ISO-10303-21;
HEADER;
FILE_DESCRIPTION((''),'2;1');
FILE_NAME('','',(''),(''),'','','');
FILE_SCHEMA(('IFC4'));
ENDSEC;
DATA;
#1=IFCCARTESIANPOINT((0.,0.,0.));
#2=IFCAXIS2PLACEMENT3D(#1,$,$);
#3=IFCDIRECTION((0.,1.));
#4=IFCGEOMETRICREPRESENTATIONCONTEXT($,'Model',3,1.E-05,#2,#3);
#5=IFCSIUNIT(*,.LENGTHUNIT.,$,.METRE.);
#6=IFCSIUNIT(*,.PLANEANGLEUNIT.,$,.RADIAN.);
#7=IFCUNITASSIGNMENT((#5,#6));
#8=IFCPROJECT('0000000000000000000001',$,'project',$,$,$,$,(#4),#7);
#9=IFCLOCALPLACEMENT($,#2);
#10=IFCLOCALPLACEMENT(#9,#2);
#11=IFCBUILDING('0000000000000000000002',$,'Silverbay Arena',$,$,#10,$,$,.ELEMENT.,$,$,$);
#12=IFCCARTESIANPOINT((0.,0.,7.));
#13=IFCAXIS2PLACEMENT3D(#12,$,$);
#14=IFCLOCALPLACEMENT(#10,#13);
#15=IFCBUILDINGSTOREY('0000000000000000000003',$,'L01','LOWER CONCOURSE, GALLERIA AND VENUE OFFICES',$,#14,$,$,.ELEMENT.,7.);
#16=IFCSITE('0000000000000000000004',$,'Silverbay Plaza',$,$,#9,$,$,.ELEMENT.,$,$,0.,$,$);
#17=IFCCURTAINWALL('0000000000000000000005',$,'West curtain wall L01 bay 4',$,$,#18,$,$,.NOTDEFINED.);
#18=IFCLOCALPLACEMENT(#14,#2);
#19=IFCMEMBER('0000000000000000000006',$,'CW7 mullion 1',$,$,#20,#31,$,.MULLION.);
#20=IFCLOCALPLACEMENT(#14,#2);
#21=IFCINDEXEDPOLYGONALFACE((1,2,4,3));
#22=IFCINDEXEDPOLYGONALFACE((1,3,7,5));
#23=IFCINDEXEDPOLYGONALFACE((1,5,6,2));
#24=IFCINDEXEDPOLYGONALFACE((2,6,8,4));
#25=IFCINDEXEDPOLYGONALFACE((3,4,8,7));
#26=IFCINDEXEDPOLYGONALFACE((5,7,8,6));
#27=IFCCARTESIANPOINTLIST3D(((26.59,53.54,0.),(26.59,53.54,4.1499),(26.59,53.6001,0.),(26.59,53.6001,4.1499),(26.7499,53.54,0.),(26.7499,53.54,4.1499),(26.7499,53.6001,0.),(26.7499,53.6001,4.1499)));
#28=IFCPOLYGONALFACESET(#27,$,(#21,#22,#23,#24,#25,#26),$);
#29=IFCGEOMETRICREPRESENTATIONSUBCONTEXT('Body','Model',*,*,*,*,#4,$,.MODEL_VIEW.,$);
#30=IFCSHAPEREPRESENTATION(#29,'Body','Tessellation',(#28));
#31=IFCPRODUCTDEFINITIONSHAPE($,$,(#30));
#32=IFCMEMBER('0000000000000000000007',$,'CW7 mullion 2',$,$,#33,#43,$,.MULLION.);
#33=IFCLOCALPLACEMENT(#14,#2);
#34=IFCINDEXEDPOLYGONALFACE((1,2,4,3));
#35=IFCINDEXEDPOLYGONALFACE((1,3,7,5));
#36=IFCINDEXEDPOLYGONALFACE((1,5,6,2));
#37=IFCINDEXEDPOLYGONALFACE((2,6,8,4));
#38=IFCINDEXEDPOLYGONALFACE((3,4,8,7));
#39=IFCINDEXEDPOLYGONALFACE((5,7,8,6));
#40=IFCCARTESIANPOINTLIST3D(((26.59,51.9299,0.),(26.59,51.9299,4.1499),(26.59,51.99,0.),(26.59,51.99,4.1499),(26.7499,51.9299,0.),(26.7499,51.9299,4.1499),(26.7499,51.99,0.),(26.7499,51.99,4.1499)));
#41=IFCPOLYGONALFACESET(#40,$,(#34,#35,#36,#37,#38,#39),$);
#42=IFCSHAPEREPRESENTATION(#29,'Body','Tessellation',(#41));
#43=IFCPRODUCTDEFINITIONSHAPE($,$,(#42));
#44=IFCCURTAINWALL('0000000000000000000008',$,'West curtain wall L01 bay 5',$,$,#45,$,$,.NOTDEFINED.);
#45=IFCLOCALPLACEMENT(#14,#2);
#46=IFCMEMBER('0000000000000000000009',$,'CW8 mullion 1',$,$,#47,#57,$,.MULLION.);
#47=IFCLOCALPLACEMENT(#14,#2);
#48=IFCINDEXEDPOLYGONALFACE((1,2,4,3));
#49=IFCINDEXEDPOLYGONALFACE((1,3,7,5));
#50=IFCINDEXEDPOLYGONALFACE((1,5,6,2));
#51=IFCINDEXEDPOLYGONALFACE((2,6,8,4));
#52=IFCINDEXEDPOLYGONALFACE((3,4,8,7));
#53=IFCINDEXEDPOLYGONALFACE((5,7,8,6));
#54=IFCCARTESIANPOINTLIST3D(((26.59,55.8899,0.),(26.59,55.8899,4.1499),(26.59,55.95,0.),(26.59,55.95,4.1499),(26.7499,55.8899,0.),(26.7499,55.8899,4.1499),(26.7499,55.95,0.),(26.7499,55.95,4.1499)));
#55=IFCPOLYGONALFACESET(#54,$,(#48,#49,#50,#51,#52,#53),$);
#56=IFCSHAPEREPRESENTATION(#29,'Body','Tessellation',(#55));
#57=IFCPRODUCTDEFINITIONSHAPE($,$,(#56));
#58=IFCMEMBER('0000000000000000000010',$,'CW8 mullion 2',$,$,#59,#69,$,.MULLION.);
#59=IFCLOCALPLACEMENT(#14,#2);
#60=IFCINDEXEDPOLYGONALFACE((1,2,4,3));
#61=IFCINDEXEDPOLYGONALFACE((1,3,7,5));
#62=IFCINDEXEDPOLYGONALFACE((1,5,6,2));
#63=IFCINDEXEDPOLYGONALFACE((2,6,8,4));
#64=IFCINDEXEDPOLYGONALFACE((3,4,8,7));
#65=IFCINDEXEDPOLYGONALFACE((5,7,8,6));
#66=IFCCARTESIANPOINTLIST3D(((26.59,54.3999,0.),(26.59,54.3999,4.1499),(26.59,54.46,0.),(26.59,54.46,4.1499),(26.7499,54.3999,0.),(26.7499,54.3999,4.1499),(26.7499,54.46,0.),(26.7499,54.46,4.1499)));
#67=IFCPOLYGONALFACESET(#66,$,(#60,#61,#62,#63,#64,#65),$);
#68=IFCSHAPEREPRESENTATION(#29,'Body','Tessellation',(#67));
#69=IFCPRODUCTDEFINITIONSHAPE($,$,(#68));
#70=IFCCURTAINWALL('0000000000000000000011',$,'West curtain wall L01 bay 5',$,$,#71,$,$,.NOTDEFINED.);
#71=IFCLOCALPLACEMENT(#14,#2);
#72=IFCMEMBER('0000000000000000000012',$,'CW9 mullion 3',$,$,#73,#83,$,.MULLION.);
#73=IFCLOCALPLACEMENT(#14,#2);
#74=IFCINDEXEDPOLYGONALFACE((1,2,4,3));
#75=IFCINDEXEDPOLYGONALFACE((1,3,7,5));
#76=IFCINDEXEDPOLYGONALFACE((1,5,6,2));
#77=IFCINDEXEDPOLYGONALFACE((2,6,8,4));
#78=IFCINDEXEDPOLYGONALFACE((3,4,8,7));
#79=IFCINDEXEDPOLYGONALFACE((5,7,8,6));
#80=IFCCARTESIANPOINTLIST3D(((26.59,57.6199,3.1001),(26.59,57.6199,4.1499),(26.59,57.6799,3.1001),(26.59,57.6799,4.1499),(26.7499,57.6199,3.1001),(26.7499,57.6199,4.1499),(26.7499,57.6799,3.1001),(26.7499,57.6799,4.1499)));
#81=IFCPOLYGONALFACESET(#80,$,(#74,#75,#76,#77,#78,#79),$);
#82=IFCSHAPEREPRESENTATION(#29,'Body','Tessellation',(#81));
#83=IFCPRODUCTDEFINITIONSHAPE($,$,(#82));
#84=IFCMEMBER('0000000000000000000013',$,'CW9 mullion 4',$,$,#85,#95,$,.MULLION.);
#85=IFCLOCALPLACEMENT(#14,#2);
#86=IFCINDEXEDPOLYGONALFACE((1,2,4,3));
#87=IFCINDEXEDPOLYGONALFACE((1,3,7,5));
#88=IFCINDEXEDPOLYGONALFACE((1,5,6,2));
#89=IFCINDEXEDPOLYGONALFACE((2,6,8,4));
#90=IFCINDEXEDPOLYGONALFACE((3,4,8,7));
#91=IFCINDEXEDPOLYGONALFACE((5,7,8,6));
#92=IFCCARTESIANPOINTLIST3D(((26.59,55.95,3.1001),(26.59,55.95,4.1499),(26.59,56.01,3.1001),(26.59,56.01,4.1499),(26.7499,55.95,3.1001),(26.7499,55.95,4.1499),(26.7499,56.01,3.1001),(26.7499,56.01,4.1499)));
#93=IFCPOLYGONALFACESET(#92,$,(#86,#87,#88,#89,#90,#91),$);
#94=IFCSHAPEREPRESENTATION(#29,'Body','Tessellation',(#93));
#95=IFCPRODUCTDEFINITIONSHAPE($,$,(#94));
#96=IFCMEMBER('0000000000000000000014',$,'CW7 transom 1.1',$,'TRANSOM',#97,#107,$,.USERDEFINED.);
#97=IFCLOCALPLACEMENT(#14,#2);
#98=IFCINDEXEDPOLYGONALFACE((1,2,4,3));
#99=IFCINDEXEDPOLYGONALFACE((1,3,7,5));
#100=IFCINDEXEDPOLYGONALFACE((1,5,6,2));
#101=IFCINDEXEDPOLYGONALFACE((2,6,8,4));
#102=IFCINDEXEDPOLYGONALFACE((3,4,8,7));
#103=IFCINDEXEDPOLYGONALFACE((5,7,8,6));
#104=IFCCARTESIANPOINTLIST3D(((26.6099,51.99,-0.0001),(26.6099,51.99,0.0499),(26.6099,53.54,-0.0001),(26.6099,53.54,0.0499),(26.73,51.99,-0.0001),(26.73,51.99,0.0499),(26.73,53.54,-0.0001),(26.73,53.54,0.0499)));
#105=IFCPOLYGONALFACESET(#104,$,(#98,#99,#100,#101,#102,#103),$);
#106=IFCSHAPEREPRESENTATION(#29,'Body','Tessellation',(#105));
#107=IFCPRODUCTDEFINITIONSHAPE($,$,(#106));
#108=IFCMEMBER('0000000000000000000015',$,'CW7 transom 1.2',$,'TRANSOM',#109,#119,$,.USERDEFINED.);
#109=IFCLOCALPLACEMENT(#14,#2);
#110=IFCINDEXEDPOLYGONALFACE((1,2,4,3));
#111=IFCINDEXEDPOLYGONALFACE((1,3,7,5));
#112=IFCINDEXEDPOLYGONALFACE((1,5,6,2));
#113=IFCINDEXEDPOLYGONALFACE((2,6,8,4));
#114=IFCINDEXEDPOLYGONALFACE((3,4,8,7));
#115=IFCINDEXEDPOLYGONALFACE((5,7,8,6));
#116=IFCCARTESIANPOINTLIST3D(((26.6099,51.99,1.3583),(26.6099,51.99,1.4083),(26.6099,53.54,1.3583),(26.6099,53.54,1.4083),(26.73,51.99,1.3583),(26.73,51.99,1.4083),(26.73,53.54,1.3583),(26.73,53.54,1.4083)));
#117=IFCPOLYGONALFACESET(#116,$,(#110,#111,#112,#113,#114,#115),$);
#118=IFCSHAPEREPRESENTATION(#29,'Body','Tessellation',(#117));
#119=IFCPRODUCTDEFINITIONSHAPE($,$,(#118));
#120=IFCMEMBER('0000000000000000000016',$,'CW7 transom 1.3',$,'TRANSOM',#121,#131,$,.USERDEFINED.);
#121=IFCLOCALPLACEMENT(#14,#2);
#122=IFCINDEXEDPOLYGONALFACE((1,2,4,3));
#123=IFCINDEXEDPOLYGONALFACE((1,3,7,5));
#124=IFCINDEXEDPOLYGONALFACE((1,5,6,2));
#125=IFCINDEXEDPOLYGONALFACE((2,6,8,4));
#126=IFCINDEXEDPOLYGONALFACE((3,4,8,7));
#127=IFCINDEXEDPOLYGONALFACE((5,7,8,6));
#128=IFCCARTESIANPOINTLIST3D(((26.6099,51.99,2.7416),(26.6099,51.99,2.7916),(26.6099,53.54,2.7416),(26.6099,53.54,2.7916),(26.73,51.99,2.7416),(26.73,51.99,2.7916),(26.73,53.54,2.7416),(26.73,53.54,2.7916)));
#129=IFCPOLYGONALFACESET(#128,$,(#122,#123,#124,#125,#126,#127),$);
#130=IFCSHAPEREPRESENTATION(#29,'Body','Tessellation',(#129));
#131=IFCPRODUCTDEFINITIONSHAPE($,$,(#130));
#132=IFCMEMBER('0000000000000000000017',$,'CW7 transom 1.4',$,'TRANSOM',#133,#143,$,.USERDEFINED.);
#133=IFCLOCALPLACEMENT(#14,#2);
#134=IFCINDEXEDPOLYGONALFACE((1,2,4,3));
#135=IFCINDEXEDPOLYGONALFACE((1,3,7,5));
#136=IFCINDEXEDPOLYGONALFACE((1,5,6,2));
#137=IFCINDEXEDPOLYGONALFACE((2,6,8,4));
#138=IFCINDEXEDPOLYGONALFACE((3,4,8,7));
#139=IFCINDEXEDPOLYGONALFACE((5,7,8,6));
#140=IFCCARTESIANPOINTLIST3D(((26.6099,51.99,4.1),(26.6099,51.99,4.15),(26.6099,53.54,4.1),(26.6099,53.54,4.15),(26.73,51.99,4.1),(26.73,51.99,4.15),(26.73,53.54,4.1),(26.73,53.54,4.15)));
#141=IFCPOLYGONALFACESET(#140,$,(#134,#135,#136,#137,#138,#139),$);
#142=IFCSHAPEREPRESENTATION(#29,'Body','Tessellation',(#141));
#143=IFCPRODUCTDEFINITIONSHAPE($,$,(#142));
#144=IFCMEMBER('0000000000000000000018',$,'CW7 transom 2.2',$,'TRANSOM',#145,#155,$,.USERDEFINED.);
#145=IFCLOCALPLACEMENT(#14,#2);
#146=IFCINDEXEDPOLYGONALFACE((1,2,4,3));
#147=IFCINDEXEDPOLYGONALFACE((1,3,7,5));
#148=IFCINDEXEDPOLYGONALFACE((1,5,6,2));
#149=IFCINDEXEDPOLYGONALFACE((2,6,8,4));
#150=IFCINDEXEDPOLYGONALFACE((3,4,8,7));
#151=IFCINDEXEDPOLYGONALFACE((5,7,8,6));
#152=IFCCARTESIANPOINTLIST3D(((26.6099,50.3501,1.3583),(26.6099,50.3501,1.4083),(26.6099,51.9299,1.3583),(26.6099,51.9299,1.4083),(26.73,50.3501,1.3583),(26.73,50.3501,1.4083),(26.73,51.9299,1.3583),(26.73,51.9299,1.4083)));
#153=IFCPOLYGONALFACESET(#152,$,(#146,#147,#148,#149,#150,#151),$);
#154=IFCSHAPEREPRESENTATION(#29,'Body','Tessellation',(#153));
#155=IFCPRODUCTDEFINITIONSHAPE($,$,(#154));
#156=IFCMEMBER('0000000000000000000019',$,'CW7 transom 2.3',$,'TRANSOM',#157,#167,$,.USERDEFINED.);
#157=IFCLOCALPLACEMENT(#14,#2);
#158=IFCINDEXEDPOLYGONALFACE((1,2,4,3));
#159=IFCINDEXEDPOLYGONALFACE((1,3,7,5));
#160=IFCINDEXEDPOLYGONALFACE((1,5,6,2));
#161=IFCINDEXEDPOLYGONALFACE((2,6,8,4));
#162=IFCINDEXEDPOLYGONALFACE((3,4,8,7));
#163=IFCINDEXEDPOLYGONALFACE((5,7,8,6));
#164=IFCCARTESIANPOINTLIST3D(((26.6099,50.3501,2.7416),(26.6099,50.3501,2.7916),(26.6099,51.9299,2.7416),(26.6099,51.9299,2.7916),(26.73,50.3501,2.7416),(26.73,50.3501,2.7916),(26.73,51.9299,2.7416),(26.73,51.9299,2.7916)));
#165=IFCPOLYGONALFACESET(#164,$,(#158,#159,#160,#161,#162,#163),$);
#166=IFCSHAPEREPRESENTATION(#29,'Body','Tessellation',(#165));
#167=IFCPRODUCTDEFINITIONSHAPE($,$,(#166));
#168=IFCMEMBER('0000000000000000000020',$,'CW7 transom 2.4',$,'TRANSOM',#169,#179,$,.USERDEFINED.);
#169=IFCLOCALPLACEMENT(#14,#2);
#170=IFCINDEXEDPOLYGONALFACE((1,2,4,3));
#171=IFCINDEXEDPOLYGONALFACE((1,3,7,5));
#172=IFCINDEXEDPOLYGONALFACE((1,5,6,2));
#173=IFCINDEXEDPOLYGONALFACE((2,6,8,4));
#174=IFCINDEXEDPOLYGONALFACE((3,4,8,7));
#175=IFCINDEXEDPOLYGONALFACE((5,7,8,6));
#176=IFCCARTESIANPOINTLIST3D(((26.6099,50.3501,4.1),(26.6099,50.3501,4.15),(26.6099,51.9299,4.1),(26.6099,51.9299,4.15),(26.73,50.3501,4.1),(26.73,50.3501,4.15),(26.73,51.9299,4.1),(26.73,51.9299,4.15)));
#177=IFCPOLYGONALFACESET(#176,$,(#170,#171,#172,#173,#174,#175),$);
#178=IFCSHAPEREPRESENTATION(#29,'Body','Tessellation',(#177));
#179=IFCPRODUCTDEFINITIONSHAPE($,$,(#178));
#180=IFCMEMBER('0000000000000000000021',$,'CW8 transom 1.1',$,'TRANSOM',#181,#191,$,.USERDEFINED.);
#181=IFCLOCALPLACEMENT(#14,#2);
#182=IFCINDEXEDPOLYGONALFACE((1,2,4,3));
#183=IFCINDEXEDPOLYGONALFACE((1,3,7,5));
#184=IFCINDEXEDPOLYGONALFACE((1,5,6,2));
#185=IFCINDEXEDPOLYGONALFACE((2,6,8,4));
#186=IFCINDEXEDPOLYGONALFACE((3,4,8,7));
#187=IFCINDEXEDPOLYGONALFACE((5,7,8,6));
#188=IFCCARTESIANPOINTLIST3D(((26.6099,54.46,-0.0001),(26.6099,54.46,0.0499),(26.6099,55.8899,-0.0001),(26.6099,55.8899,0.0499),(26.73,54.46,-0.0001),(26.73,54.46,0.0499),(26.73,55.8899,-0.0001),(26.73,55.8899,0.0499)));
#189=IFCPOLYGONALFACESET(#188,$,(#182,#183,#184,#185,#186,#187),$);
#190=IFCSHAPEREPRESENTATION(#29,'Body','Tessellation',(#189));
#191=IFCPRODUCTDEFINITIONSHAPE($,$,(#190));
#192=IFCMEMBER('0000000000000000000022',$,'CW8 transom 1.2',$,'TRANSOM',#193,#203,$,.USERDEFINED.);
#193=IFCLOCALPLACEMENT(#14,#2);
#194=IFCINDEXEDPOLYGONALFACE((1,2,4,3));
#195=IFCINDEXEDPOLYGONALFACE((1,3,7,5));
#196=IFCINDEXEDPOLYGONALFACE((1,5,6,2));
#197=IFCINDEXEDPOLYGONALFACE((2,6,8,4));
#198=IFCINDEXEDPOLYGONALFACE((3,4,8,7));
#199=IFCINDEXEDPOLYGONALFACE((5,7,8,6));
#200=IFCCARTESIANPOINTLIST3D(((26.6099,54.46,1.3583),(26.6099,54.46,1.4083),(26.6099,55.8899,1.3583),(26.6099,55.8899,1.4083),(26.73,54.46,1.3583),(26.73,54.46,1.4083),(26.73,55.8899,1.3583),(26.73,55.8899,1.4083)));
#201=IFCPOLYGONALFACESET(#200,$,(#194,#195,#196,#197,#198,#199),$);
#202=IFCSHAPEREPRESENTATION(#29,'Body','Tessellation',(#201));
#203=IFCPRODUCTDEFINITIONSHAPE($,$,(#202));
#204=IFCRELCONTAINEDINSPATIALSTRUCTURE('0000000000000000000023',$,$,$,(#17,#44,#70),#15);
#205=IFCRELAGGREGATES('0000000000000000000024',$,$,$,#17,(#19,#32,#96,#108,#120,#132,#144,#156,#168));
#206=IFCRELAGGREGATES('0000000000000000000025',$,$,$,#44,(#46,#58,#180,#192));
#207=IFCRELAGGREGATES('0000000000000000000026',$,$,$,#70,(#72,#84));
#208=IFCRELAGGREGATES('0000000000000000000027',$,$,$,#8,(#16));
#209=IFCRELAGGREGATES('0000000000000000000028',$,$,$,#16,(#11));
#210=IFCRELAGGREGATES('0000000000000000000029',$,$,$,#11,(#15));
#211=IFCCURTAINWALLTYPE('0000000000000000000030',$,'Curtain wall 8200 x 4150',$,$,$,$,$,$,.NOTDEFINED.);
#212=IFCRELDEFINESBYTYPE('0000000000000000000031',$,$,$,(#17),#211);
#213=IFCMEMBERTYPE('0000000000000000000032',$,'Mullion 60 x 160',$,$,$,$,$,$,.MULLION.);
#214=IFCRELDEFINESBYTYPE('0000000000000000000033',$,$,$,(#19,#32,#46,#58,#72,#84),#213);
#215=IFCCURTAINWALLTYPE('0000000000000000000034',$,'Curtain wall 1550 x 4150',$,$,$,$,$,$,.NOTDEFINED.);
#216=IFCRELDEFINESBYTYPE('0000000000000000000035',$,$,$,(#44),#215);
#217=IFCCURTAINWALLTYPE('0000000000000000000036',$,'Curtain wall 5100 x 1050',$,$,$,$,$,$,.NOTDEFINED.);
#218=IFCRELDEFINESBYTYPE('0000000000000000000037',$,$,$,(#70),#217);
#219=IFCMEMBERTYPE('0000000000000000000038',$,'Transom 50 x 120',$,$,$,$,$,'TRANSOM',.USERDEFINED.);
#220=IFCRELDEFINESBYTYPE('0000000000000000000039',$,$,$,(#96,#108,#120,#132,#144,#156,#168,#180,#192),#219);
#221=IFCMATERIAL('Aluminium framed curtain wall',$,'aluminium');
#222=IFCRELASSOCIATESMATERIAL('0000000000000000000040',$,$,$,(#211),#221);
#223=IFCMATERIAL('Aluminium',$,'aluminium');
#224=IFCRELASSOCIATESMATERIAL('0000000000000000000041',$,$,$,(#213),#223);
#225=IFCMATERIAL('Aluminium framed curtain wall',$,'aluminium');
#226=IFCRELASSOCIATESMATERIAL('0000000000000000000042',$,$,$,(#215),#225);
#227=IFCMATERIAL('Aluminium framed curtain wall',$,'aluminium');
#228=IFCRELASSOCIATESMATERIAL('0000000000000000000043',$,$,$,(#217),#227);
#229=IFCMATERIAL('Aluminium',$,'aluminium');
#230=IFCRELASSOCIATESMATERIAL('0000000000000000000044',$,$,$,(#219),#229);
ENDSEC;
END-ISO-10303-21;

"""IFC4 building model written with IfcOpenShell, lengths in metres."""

from ifc_helpers import new_model, si_unit, direction, frame, origin, origin_2d, place, context, subcontext, project, spatial, rectangle, extrude, material, material_profile, profile_set, type_object, element, aggregate, save


model = new_model("IFC4")

# Units and contexts
model_context = context("Model", 3, precision=1e-05, world=origin(), true_north=direction((0.0, 1.0)))
body_context = subcontext(model_context, "Body", "Model", "MODEL_VIEW")
ifc_project = project(units=[si_unit("LENGTHUNIT", "METRE"), si_unit("PLANEANGLEUNIT", "RADIAN")], contexts=[model_context])

# Site, building, storey
site_placement = place(None, origin())
site = spatial("IfcSite", under=ifc_project, at=site_placement, Name="Silverbay Plaza", CompositionType="ELEMENT", RefElevation=0.0)
building_placement = place(site_placement, origin())
building = spatial("IfcBuilding", under=site, at=building_placement, Name="Silverbay Arena", CompositionType="ELEMENT")
storey_placement = place(building_placement, frame((0.0, 0.0, 7.0)))
storey = spatial("IfcBuildingStorey", under=building, at=storey_placement, Name="L01", Description="LOWER CONCOURSE, GALLERIA AND VENUE OFFICES", CompositionType="ELEMENT", Elevation=7.0)

# Curtain walls, members
ifc_material_1 = material(Name="Aluminium framed curtain wall", Category="aluminium")
curtain_wall_type_1 = type_object("IfcCurtainWallType", Name="Curtain wall 8200 x 4150", PredefinedType="NOTDEFINED", material=ifc_material_1)
curtain_wall_1_placement = place(storey_placement, origin())
curtain_wall_1 = element("IfcCurtainWall", 1, at=curtain_wall_1_placement, inside=storey, type_object=curtain_wall_type_1, Name="West curtain wall L01 bay 4", PredefinedType="NOTDEFINED")
ifc_material_2 = material(Name="Aluminium", Category="aluminium")
ifc_material_profile_1 = material_profile(ifc_material_2, rectangle(XDim=0.1599, YDim=0.0601, at=origin_2d()), Name="Mullion 60 x 160")
ifc_profile_set_1 = profile_set([ifc_material_profile_1], Name="Aluminium")
member_type_1 = type_object("IfcMemberType", Name="Mullion 60 x 160", PredefinedType="MULLION", material=ifc_profile_set_1)
member_1_placement = place(storey_placement, frame((26.6699, 53.5701, 0.0), z_axis=(0.0, 0.0, 1.0), x_axis=(1.0, 0.0, 0.0)))
member_1 = element("IfcMember", 2, at=member_1_placement, type_object=member_type_1, Name="CW7 mullion 1", PredefinedType="MULLION", context=body_context, shape_type="SweptSolid", body=[
    extrude(rectangle(XDim=0.1599, YDim=0.0601, at=origin_2d()), origin(), (0.0, 0.0, 1.0), 4.1499),
])
member_2_placement = place(storey_placement, frame((26.6699, 51.96, 0.0), z_axis=(0.0, 0.0, 1.0), x_axis=(1.0, 0.0, 0.0)))
member_2 = element("IfcMember", 3, at=member_2_placement, type_object=member_type_1, Name="CW7 mullion 2", PredefinedType="MULLION", context=body_context, shape_type="SweptSolid", body=[
    extrude(rectangle(XDim=0.1599, YDim=0.0601, at=origin_2d()), origin(), (0.0, 0.0, 1.0), 4.1499),
])
ifc_material_3 = material(Name="Aluminium framed curtain wall", Category="aluminium")
curtain_wall_type_2 = type_object("IfcCurtainWallType", Name="Curtain wall 1550 x 4150", PredefinedType="NOTDEFINED", material=ifc_material_3)
curtain_wall_2_placement = place(storey_placement, origin())
curtain_wall_2 = element("IfcCurtainWall", 4, at=curtain_wall_2_placement, inside=storey, type_object=curtain_wall_type_2, Name="West curtain wall L01 bay 5", PredefinedType="NOTDEFINED")
member_3_placement = place(storey_placement, frame((26.6699, 55.9199, 0.0), z_axis=(0.0, 0.0, 1.0), x_axis=(1.0, 0.0, 0.0)))
member_3 = element("IfcMember", 5, at=member_3_placement, type_object=member_type_1, Name="CW8 mullion 1", PredefinedType="MULLION", context=body_context, shape_type="SweptSolid", body=[
    extrude(rectangle(XDim=0.1599, YDim=0.0601, at=origin_2d()), origin(), (0.0, 0.0, 1.0), 4.1499),
])
member_4_placement = place(storey_placement, frame((26.6699, 54.4299, 0.0), z_axis=(0.0, 0.0, 1.0), x_axis=(1.0, 0.0, 0.0)))
member_4 = element("IfcMember", 6, at=member_4_placement, type_object=member_type_1, Name="CW8 mullion 2", PredefinedType="MULLION", context=body_context, shape_type="SweptSolid", body=[
    extrude(rectangle(XDim=0.1599, YDim=0.0601, at=origin_2d()), origin(), (0.0, 0.0, 1.0), 4.1499),
])
ifc_material_4 = material(Name="Aluminium framed curtain wall", Category="aluminium")
curtain_wall_type_3 = type_object("IfcCurtainWallType", Name="Curtain wall 5100 x 1050", PredefinedType="NOTDEFINED", material=ifc_material_4)
curtain_wall_3_placement = place(storey_placement, origin())
curtain_wall_3 = element("IfcCurtainWall", 7, at=curtain_wall_3_placement, inside=storey, type_object=curtain_wall_type_3, Name="West curtain wall L01 bay 5", PredefinedType="NOTDEFINED")
member_5_placement = place(storey_placement, frame((26.6699, 57.6499, 3.1001), z_axis=(0.0, 0.0, 1.0), x_axis=(1.0, 0.0, 0.0)))
member_5 = element("IfcMember", 8, at=member_5_placement, type_object=member_type_1, Name="CW9 mullion 3", PredefinedType="MULLION", context=body_context, shape_type="SweptSolid", body=[
    extrude(rectangle(XDim=0.1599, YDim=0.0601, at=origin_2d()), origin(), (0.0, 0.0, 1.0), 1.0498),
])
member_6_placement = place(storey_placement, frame((26.6699, 55.98, 3.1001), z_axis=(0.0, 0.0, 1.0), x_axis=(1.0, 0.0, 0.0)))
member_6 = element("IfcMember", 9, at=member_6_placement, type_object=member_type_1, Name="CW9 mullion 4", PredefinedType="MULLION", context=body_context, shape_type="SweptSolid", body=[
    extrude(rectangle(XDim=0.1599, YDim=0.0601, at=origin_2d()), origin(), (0.0, 0.0, 1.0), 1.0498),
])

# Members
ifc_material_5 = material(Name="Aluminium", Category="aluminium")
ifc_material_profile_2 = material_profile(ifc_material_5, rectangle(XDim=0.1201, YDim=0.05, at=origin_2d()), Name="Transom 50 x 120")
ifc_profile_set_2 = profile_set([ifc_material_profile_2], Name="Aluminium")
member_type_2 = type_object("IfcMemberType", Name="Transom 50 x 120", ElementType="TRANSOM", PredefinedType="USERDEFINED", material=ifc_profile_set_2)
member_7_placement = place(storey_placement, frame((26.6699, 53.54, 0.0249), z_axis=(0.0, -1.0, 0.0), x_axis=(1.0, 0.0, 0.0)))
member_7 = element("IfcMember", 10, at=member_7_placement, type_object=member_type_2, Name="CW7 transom 1.1", ObjectType="TRANSOM", PredefinedType="USERDEFINED", context=body_context, shape_type="SweptSolid", body=[
    extrude(rectangle(XDim=0.1201, YDim=0.05, at=origin_2d()), origin(), (0.0, 0.0, 1.0), 1.55),
])
member_8_placement = place(storey_placement, frame((26.6699, 53.54, 1.3833), z_axis=(0.0, -1.0, 0.0), x_axis=(1.0, 0.0, 0.0)))
member_8 = element("IfcMember", 11, at=member_8_placement, type_object=member_type_2, Name="CW7 transom 1.2", ObjectType="TRANSOM", PredefinedType="USERDEFINED", context=body_context, shape_type="SweptSolid", body=[
    extrude(rectangle(XDim=0.1201, YDim=0.05, at=origin_2d()), origin(), (0.0, 0.0, 1.0), 1.55),
])
member_9_placement = place(storey_placement, frame((26.6699, 53.54, 2.7666), z_axis=(0.0, -1.0, 0.0), x_axis=(1.0, 0.0, 0.0)))
member_9 = element("IfcMember", 12, at=member_9_placement, type_object=member_type_2, Name="CW7 transom 1.3", ObjectType="TRANSOM", PredefinedType="USERDEFINED", context=body_context, shape_type="SweptSolid", body=[
    extrude(rectangle(XDim=0.1201, YDim=0.05, at=origin_2d()), origin(), (0.0, 0.0, 1.0), 1.55),
])
member_10_placement = place(storey_placement, frame((26.6699, 53.54, 4.125), z_axis=(0.0, -1.0, 0.0), x_axis=(1.0, 0.0, 0.0)))
member_10 = element("IfcMember", 13, at=member_10_placement, type_object=member_type_2, Name="CW7 transom 1.4", ObjectType="TRANSOM", PredefinedType="USERDEFINED", context=body_context, shape_type="SweptSolid", body=[
    extrude(rectangle(XDim=0.1201, YDim=0.05, at=origin_2d()), origin(), (0.0, 0.0, 1.0), 1.55),
])
member_11_placement = place(storey_placement, frame((26.6699, 51.9299, 1.3833), z_axis=(0.0, -1.0, 0.0), x_axis=(1.0, 0.0, 0.0)))
member_11 = element("IfcMember", 14, at=member_11_placement, type_object=member_type_2, Name="CW7 transom 2.2", ObjectType="TRANSOM", PredefinedType="USERDEFINED", context=body_context, shape_type="SweptSolid", body=[
    extrude(rectangle(XDim=0.1201, YDim=0.05, at=origin_2d()), origin(), (0.0, 0.0, 1.0), 1.5798),
])
member_12_placement = place(storey_placement, frame((26.6699, 51.9299, 2.7666), z_axis=(0.0, -1.0, 0.0), x_axis=(1.0, 0.0, 0.0)))
member_12 = element("IfcMember", 15, at=member_12_placement, type_object=member_type_2, Name="CW7 transom 2.3", ObjectType="TRANSOM", PredefinedType="USERDEFINED", context=body_context, shape_type="SweptSolid", body=[
    extrude(rectangle(XDim=0.1201, YDim=0.05, at=origin_2d()), origin(), (0.0, 0.0, 1.0), 1.5798),
])
member_13_placement = place(storey_placement, frame((26.6699, 51.9299, 4.125), z_axis=(0.0, -1.0, 0.0), x_axis=(1.0, 0.0, 0.0)))
member_13 = element("IfcMember", 16, at=member_13_placement, type_object=member_type_2, Name="CW7 transom 2.4", ObjectType="TRANSOM", PredefinedType="USERDEFINED", context=body_context, shape_type="SweptSolid", body=[
    extrude(rectangle(XDim=0.1201, YDim=0.05, at=origin_2d()), origin(), (0.0, 0.0, 1.0), 1.5798),
])
member_14_placement = place(storey_placement, frame((26.6699, 55.8899, 0.0249), z_axis=(0.0, -1.0, 0.0), x_axis=(1.0, 0.0, 0.0)))
member_14 = element("IfcMember", 17, at=member_14_placement, type_object=member_type_2, Name="CW8 transom 1.1", ObjectType="TRANSOM", PredefinedType="USERDEFINED", context=body_context, shape_type="SweptSolid", body=[
    extrude(rectangle(XDim=0.1201, YDim=0.05, at=origin_2d()), origin(), (0.0, 0.0, 1.0), 1.4299),
])
member_15_placement = place(storey_placement, frame((26.6699, 55.8899, 1.3833), z_axis=(0.0, -1.0, 0.0), x_axis=(1.0, 0.0, 0.0)))
member_15 = element("IfcMember", 18, at=member_15_placement, type_object=member_type_2, Name="CW8 transom 1.2", ObjectType="TRANSOM", PredefinedType="USERDEFINED", context=body_context, shape_type="SweptSolid", body=[
    extrude(rectangle(XDim=0.1201, YDim=0.05, at=origin_2d()), origin(), (0.0, 0.0, 1.0), 1.4299),
])

aggregate(curtain_wall_1, [member_1, member_2, member_7, member_8, member_9, member_10, member_11, member_12, member_13])
aggregate(curtain_wall_2, [member_3, member_4, member_14, member_15])
aggregate(curtain_wall_3, [member_5, member_6])

save(model, "model.ifc")
